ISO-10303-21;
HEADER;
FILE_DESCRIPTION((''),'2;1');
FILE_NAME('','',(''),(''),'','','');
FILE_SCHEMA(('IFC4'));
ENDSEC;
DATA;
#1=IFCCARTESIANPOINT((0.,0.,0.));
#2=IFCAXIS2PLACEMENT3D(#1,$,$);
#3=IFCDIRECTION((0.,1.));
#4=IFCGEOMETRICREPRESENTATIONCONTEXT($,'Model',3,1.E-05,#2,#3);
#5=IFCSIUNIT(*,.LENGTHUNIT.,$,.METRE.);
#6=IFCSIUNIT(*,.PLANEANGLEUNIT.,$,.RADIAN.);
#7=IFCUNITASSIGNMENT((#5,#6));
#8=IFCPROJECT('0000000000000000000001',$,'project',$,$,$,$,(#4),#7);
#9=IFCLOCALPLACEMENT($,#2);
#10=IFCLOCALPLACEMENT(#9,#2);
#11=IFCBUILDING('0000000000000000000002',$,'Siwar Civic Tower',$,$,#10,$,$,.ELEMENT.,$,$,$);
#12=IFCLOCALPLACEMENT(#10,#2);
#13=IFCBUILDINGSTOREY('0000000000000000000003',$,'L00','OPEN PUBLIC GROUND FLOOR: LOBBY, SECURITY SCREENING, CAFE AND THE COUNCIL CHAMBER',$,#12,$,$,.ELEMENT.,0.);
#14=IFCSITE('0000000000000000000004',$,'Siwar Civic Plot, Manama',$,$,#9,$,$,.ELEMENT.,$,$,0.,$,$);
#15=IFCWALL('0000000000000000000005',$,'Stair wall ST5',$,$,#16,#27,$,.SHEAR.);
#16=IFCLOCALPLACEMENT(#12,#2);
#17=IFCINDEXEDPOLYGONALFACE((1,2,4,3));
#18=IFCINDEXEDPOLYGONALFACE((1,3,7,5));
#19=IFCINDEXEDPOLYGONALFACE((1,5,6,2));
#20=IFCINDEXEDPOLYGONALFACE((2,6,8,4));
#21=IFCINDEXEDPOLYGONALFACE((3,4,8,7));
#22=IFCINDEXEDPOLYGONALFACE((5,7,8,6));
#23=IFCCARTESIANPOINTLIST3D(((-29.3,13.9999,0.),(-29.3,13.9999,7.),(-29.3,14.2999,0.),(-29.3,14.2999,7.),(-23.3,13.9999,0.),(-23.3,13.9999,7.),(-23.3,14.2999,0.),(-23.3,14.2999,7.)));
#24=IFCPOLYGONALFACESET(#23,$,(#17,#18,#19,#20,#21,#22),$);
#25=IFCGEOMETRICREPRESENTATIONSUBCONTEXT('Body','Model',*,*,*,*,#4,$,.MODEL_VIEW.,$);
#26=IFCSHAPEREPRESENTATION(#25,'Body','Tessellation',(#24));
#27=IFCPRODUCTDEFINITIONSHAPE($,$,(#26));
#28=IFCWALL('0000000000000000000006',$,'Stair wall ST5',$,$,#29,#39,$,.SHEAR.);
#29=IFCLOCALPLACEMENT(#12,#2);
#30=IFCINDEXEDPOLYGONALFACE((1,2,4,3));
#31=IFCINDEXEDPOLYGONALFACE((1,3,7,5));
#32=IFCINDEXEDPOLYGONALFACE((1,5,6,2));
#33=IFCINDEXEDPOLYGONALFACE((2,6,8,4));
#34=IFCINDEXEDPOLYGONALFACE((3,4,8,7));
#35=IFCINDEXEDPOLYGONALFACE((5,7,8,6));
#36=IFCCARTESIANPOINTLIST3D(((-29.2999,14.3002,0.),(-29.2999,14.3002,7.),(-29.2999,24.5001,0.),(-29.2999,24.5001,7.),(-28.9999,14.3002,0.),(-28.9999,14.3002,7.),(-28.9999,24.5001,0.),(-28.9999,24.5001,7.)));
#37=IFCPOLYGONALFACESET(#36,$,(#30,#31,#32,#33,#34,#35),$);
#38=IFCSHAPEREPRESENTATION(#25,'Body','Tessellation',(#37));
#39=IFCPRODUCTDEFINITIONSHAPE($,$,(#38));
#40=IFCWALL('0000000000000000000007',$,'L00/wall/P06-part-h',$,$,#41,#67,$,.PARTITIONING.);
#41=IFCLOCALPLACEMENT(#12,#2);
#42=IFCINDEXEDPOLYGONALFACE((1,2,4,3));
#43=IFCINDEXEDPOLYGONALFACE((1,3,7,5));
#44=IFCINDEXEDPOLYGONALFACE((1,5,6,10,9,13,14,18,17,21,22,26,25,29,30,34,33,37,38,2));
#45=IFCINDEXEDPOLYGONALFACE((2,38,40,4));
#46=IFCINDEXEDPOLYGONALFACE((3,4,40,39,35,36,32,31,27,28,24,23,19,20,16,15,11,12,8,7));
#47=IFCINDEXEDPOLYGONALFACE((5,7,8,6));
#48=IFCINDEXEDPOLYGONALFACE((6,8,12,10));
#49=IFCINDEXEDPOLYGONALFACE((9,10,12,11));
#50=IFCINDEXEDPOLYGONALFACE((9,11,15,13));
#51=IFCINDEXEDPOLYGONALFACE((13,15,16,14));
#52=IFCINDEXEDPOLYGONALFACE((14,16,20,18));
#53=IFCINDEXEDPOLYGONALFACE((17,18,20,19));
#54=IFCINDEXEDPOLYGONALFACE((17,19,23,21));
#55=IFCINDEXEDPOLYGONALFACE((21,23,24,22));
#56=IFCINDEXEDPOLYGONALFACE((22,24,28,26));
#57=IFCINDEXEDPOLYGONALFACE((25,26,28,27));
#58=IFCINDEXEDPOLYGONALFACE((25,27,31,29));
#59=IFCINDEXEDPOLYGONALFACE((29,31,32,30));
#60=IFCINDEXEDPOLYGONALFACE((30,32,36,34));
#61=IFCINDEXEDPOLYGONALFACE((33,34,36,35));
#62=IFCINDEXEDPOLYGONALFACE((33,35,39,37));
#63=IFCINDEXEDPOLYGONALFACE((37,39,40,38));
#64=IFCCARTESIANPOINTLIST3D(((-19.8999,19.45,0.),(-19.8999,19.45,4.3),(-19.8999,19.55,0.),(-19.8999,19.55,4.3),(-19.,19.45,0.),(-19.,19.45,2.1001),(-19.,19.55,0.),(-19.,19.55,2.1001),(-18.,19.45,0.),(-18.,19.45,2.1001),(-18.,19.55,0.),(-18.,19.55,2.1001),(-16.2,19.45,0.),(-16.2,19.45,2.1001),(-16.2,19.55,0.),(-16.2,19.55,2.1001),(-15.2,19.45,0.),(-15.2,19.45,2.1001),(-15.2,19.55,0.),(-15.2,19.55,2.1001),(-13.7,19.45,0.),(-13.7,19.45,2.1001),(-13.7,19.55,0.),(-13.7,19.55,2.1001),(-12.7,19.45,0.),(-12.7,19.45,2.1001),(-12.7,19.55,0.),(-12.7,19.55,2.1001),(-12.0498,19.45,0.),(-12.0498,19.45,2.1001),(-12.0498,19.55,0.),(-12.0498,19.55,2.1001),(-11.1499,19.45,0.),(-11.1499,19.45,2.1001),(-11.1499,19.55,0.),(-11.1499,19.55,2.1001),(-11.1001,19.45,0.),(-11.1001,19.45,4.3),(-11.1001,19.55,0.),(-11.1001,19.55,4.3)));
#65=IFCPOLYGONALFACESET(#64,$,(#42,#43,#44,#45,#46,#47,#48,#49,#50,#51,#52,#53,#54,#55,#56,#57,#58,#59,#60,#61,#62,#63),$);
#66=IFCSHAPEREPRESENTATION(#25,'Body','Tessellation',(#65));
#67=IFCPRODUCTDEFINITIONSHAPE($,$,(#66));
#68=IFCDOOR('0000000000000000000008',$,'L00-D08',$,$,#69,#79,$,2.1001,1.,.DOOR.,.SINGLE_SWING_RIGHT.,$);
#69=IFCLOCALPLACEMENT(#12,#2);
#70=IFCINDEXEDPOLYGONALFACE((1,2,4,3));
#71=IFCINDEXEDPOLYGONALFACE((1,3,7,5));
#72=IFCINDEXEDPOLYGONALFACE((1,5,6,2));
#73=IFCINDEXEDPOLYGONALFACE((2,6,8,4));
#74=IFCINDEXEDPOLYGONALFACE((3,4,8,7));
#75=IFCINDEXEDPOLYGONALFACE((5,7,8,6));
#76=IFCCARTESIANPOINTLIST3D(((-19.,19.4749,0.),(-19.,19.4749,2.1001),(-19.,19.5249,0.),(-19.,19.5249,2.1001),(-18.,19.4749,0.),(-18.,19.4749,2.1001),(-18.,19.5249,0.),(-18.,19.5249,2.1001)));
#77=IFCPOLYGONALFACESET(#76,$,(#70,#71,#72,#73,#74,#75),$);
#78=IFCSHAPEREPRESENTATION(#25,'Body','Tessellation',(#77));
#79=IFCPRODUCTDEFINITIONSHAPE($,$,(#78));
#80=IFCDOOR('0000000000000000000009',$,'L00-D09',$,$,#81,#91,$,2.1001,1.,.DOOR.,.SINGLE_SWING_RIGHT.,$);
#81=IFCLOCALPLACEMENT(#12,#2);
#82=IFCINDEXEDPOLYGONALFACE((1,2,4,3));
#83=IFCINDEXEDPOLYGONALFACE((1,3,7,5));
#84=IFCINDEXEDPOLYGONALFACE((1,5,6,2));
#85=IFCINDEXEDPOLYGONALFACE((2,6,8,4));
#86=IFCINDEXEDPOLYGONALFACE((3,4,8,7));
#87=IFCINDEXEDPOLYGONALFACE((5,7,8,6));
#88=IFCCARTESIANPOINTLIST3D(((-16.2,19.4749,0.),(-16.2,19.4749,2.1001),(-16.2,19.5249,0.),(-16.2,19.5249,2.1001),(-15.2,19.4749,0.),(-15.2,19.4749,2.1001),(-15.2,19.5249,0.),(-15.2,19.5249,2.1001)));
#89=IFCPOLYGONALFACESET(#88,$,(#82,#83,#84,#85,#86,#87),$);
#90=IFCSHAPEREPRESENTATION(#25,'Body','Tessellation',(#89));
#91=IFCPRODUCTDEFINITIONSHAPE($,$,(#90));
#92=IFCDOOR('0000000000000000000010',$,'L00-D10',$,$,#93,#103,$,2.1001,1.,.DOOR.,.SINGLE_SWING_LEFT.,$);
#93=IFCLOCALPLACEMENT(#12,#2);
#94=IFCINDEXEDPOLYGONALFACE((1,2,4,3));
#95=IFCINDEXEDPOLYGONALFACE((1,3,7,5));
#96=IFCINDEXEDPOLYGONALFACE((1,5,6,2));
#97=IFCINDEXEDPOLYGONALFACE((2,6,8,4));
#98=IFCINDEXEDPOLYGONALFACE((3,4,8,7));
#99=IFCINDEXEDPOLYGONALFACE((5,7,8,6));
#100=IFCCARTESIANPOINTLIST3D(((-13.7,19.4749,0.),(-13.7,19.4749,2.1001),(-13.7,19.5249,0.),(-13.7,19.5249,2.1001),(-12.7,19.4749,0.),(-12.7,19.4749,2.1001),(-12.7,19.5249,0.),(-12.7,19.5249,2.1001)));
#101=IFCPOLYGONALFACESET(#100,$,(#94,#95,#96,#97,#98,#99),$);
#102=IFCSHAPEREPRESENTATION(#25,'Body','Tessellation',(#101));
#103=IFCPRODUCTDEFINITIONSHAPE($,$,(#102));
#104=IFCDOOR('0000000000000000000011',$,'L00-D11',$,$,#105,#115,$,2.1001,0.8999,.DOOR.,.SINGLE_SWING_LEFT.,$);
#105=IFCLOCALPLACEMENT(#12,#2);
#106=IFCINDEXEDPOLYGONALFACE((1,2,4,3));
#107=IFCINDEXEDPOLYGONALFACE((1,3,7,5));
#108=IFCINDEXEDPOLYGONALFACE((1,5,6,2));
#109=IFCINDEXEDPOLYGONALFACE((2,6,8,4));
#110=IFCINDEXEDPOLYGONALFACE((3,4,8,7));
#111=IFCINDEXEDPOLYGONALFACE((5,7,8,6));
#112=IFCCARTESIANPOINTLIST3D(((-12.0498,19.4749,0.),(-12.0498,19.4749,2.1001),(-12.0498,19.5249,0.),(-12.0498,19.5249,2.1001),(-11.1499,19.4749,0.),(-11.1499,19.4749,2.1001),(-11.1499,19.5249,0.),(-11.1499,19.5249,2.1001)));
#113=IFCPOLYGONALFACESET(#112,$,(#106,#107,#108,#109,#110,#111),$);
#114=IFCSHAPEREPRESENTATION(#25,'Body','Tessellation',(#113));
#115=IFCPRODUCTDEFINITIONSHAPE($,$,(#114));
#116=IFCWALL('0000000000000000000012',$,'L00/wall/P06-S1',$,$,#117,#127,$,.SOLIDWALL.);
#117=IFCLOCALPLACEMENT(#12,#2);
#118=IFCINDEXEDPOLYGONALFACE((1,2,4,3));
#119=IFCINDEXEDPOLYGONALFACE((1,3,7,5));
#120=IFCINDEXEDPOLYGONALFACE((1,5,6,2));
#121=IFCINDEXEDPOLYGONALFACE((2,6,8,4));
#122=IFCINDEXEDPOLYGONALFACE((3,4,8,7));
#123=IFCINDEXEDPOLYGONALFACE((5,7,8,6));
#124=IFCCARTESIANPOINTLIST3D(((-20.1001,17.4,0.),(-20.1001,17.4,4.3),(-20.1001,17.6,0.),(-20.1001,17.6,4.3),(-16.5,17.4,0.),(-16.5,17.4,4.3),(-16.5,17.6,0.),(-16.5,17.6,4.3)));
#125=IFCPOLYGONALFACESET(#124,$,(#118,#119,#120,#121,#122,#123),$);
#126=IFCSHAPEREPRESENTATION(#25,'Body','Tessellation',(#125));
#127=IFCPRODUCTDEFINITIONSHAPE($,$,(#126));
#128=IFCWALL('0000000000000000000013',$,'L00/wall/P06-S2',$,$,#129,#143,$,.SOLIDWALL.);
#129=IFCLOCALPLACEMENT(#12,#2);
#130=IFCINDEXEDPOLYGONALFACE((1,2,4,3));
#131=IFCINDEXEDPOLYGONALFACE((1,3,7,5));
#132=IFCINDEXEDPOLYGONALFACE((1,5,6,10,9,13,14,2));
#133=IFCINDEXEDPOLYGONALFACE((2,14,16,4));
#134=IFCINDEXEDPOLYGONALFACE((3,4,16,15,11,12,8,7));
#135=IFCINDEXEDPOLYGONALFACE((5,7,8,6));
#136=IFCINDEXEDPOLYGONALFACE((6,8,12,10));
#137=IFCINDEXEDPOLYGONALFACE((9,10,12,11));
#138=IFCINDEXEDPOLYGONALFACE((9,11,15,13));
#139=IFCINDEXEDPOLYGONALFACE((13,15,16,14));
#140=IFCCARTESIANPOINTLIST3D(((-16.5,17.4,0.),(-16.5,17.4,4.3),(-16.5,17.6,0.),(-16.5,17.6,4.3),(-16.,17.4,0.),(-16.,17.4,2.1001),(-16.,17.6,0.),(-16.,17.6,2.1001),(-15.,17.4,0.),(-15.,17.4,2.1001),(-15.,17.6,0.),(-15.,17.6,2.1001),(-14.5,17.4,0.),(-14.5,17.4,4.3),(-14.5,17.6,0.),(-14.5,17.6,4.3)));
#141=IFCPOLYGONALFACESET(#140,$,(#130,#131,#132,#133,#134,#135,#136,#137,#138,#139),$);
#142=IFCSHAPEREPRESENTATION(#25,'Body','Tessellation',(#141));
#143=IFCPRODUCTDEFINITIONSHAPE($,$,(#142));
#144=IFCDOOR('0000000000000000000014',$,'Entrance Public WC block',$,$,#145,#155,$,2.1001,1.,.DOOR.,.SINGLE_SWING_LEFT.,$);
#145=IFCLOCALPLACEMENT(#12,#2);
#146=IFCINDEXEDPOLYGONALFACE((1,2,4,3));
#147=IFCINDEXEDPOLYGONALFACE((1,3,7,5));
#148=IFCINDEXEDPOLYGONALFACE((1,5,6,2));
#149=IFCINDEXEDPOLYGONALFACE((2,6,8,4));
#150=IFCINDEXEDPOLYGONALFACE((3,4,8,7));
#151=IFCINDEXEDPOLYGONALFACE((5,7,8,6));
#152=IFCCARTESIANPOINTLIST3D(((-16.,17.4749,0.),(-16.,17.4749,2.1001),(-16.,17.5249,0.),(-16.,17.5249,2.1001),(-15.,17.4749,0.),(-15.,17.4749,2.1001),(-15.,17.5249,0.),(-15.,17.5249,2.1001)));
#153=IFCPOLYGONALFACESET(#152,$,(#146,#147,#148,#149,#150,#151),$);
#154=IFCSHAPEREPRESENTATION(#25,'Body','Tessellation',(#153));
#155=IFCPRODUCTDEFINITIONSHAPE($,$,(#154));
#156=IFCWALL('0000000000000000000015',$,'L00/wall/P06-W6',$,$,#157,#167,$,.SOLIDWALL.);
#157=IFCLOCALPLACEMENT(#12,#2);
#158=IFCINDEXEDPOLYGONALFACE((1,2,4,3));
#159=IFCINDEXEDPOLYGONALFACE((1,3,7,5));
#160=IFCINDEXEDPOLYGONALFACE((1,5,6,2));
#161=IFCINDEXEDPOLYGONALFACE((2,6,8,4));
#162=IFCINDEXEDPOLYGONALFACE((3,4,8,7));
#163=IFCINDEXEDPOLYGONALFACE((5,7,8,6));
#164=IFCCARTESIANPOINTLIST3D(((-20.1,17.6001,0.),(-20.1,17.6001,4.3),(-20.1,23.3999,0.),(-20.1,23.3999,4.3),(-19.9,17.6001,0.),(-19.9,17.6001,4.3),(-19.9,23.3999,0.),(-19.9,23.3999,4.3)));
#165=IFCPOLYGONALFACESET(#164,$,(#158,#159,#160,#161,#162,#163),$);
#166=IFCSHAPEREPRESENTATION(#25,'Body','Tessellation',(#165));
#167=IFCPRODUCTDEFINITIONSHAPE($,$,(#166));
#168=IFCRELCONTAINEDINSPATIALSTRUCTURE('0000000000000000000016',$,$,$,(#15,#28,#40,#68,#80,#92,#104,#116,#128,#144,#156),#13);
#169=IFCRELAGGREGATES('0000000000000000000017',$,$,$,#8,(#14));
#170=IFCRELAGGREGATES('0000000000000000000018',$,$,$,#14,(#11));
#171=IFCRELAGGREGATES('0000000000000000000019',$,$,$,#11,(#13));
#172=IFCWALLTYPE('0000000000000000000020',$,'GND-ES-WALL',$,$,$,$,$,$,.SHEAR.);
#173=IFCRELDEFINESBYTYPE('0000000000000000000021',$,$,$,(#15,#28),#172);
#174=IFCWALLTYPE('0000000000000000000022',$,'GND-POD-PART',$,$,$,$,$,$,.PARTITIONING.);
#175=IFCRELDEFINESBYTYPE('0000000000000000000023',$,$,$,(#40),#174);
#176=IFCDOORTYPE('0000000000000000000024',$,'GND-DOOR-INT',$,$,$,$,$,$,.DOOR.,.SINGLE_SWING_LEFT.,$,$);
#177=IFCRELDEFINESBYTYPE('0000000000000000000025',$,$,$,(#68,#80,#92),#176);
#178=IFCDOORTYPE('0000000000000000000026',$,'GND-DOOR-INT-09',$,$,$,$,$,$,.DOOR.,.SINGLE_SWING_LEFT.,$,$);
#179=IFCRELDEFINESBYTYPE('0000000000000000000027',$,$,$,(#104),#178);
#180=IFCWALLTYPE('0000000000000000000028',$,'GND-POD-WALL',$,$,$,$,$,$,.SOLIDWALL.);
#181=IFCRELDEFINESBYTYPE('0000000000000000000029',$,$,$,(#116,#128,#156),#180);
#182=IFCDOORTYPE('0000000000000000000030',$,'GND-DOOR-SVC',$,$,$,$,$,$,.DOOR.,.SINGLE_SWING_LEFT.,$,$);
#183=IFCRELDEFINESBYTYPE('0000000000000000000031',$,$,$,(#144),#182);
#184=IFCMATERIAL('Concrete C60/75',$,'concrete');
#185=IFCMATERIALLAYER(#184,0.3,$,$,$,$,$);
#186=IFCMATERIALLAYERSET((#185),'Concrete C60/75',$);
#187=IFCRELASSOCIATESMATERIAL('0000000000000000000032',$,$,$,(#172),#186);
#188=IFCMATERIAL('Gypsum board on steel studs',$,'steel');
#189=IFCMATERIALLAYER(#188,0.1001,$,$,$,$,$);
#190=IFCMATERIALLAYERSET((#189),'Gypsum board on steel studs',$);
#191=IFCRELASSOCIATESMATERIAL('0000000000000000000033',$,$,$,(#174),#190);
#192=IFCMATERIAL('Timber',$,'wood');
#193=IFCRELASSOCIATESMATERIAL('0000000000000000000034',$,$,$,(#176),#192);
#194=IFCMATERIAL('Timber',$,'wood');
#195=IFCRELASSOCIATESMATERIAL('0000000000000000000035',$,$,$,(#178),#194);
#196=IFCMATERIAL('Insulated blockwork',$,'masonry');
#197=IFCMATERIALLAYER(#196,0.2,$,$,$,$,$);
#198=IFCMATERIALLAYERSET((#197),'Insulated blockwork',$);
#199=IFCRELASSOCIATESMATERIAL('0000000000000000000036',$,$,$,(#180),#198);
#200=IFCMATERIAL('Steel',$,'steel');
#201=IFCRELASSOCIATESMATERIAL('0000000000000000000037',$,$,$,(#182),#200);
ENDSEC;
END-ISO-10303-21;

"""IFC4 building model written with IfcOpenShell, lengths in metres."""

from ifc_helpers import new_model, si_unit, direction, frame, frame_2d, origin, place, context, subcontext, project, spatial, rectangle, extrude, material, layer, layer_set, type_object, element, fill, save


model = new_model("IFC4")

# Units and contexts
model_context = context("Model", 3, precision=1e-05, world=origin(), true_north=direction((0.0, 1.0)))
body_context = subcontext(model_context, "Body", "Model", "MODEL_VIEW")
ifc_project = project(units=[si_unit("LENGTHUNIT", "METRE"), si_unit("PLANEANGLEUNIT", "RADIAN")], contexts=[model_context])

# Site, building, storey
site_placement = place(None, origin())
site = spatial("IfcSite", under=ifc_project, at=site_placement, Name="Siwar Civic Plot, Manama", CompositionType="ELEMENT", RefElevation=0.0)
building_placement = place(site_placement, origin())
building = spatial("IfcBuilding", under=site, at=building_placement, Name="Siwar Civic Tower", CompositionType="ELEMENT")
storey_placement = place(building_placement, origin())
storey = spatial("IfcBuildingStorey", under=building, at=storey_placement, Name="L00", Description="OPEN PUBLIC GROUND FLOOR: LOBBY, SECURITY SCREENING, CAFE AND THE COUNCIL CHAMBER", CompositionType="ELEMENT", Elevation=0.0)

# Shared definitions
ifc_material_1 = material(Name="Concrete C60/75", Category="concrete")
ifc_layer_1 = layer(ifc_material_1, 0.3)
ifc_layer_set_1 = layer_set([ifc_layer_1], Name="Concrete C60/75")
wall_type_1 = type_object("IfcWallType", Name="GND-ES-WALL", PredefinedType="SHEAR", material=ifc_layer_set_1)

# Walls
wall_1_placement = place(storey_placement, frame((-29.3, 14.1499, 0.0), z_axis=(0.0, 0.0, 1.0), x_axis=(1.0, 0.0, 0.0)))
element("IfcWall", 1, at=wall_1_placement, inside=storey, type_object=wall_type_1, Name="Stair wall ST5", PredefinedType="SHEAR", context=body_context, shape_type="SweptSolid", body=[
    extrude(rectangle(XDim=6.0, YDim=0.3, at=frame_2d((3.0, 0.0))), origin(), (0.0, 0.0, 1.0), 7.0),
])
wall_2_placement = place(storey_placement, frame((-29.1499, 14.3, 0.0), z_axis=(0.0, 0.0, 1.0), x_axis=(0.0, 1.0, 0.0)))
element("IfcWall", 2, at=wall_2_placement, inside=storey, type_object=wall_type_1, Name="Stair wall ST5", PredefinedType="SHEAR", context=body_context, shape_type="SweptSolid", body=[
    extrude(rectangle(XDim=10.2, YDim=0.3, at=frame_2d((5.1001, 0.0))), origin(), (0.0, 0.0, 1.0), 7.0),
])

# Wall, openings, doors
ifc_material_2 = material(Name="Gypsum board on steel studs", Category="steel")
ifc_layer_2 = layer(ifc_material_2, 0.1001)
ifc_layer_set_2 = layer_set([ifc_layer_2], Name="Gypsum board on steel studs")
wall_type_2 = type_object("IfcWallType", Name="GND-POD-PART", PredefinedType="PARTITIONING", material=ifc_layer_set_2)
wall_3_placement = place(storey_placement, frame((-19.8999, 19.5, 0.0), z_axis=(0.0, 0.0, 1.0), x_axis=(1.0, 0.0, 0.0)))
wall_3 = element("IfcWall", 3, at=wall_3_placement, inside=storey, type_object=wall_type_2, Name="L00/wall/P06-part-h", PredefinedType="PARTITIONING", context=body_context, shape_type="SweptSolid", body=[
    extrude(rectangle(XDim=8.7998, YDim=0.1001, at=frame_2d((4.3999, 0.0))), origin(), (0.0, 0.0, 1.0), 4.3),
])
opening_1_placement = place(wall_3_placement, frame((0.8999, 0.0, 0.0)))
opening_1 = element("IfcOpeningElement", 4, at=opening_1_placement, cuts=wall_3, PredefinedType="OPENING", context=body_context, shape_type="SweptSolid", body=[
    extrude(rectangle(XDim=1.0, YDim=2.1001, at=frame_2d((0.5, 1.05))), frame((0.0, 0.0601, 0.0), z_axis=(0.0, -1.0, 0.0), x_axis=(1.0, 0.0, 0.0)), (0.0, 0.0, 1.0), 0.1201),
])
opening_2_placement = place(wall_3_placement, frame((3.7, 0.0, 0.0)))
opening_2 = element("IfcOpeningElement", 5, at=opening_2_placement, cuts=wall_3, PredefinedType="OPENING", context=body_context, shape_type="SweptSolid", body=[
    extrude(rectangle(XDim=1.0, YDim=2.1001, at=frame_2d((0.5, 1.05))), frame((0.0, 0.0601, 0.0), z_axis=(0.0, -1.0, 0.0), x_axis=(1.0, 0.0, 0.0)), (0.0, 0.0, 1.0), 0.1201),
])
opening_3_placement = place(wall_3_placement, frame((6.2, 0.0, 0.0)))
opening_3 = element("IfcOpeningElement", 6, at=opening_3_placement, cuts=wall_3, PredefinedType="OPENING", context=body_context, shape_type="SweptSolid", body=[
    extrude(rectangle(XDim=1.0, YDim=2.1001, at=frame_2d((0.5, 1.05))), frame((0.0, 0.0601, 0.0), z_axis=(0.0, -1.0, 0.0), x_axis=(1.0, 0.0, 0.0)), (0.0, 0.0, 1.0), 0.1201),
])
opening_4_placement = place(wall_3_placement, frame((7.8501, 0.0, 0.0)))
opening_4 = element("IfcOpeningElement", 7, at=opening_4_placement, cuts=wall_3, PredefinedType="OPENING", context=body_context, shape_type="SweptSolid", body=[
    extrude(rectangle(XDim=0.8999, YDim=2.1001, at=frame_2d((0.45, 1.05))), frame((0.0, 0.0601, 0.0), z_axis=(0.0, -1.0, 0.0), x_axis=(1.0, 0.0, 0.0)), (0.0, 0.0, 1.0), 0.1201),
])
ifc_material_3 = material(Name="Timber", Category="wood")
door_type_1 = type_object("IfcDoorType", Name="GND-DOOR-INT", OperationType="SINGLE_SWING_LEFT", PredefinedType="DOOR", material=ifc_material_3)
door_1_placement = place(opening_1_placement, origin())
door_1 = element("IfcDoor", 8, at=door_1_placement, inside=storey, type_object=door_type_1, Name="L00-D08", OperationType="SINGLE_SWING_RIGHT", OverallHeight=2.1001, OverallWidth=1.0, PredefinedType="DOOR", context=body_context, shape_type="SweptSolid", body=[
    extrude(rectangle(XDim=1.0, YDim=2.1001, at=frame_2d((0.5, 1.05))), frame((0.0, 0.0249, 0.0), z_axis=(0.0, -1.0, 0.0), x_axis=(1.0, 0.0, 0.0)), (0.0, 0.0, 1.0), 0.05),
])
fill(opening_1, door_1)
door_2_placement = place(opening_2_placement, origin())
door_2 = element("IfcDoor", 9, at=door_2_placement, inside=storey, type_object=door_type_1, Name="L00-D09", OperationType="SINGLE_SWING_RIGHT", OverallHeight=2.1001, OverallWidth=1.0, PredefinedType="DOOR", context=body_context, shape_type="SweptSolid", body=[
    extrude(rectangle(XDim=1.0, YDim=2.1001, at=frame_2d((0.5, 1.05))), frame((0.0, 0.0249, 0.0), z_axis=(0.0, -1.0, 0.0), x_axis=(1.0, 0.0, 0.0)), (0.0, 0.0, 1.0), 0.05),
])
fill(opening_2, door_2)
door_3_placement = place(opening_3_placement, origin())
door_3 = element("IfcDoor", 10, at=door_3_placement, inside=storey, type_object=door_type_1, Name="L00-D10", OperationType="SINGLE_SWING_LEFT", OverallHeight=2.1001, OverallWidth=1.0, PredefinedType="DOOR", context=body_context, shape_type="SweptSolid", body=[
    extrude(rectangle(XDim=1.0, YDim=2.1001, at=frame_2d((0.5, 1.05))), frame((0.0, 0.0249, 0.0), z_axis=(0.0, -1.0, 0.0), x_axis=(1.0, 0.0, 0.0)), (0.0, 0.0, 1.0), 0.05),
])
fill(opening_3, door_3)
ifc_material_4 = material(Name="Timber", Category="wood")
door_type_2 = type_object("IfcDoorType", Name="GND-DOOR-INT-09", OperationType="SINGLE_SWING_LEFT", PredefinedType="DOOR", material=ifc_material_4)
door_4_placement = place(opening_4_placement, origin())
door_4 = element("IfcDoor", 11, at=door_4_placement, inside=storey, type_object=door_type_2, Name="L00-D11", OperationType="SINGLE_SWING_LEFT", OverallHeight=2.1001, OverallWidth=0.8999, PredefinedType="DOOR", context=body_context, shape_type="SweptSolid", body=[
    extrude(rectangle(XDim=0.8999, YDim=2.1001, at=frame_2d((0.45, 1.05))), frame((0.0, 0.0249, 0.0), z_axis=(0.0, -1.0, 0.0), x_axis=(1.0, 0.0, 0.0)), (0.0, 0.0, 1.0), 0.05),
])
fill(opening_4, door_4)

# Wall
ifc_material_5 = material(Name="Insulated blockwork", Category="masonry")
ifc_layer_3 = layer(ifc_material_5, 0.2)
ifc_layer_set_3 = layer_set([ifc_layer_3], Name="Insulated blockwork")
wall_type_3 = type_object("IfcWallType", Name="GND-POD-WALL", PredefinedType="SOLIDWALL", material=ifc_layer_set_3)
wall_4_placement = place(storey_placement, frame((-20.1001, 17.5, 0.0), z_axis=(0.0, 0.0, 1.0), x_axis=(1.0, 0.0, 0.0)))
element("IfcWall", 12, at=wall_4_placement, inside=storey, type_object=wall_type_3, Name="L00/wall/P06-S1", PredefinedType="SOLIDWALL", context=body_context, shape_type="SweptSolid", body=[
    extrude(rectangle(XDim=3.6001, YDim=0.2, at=frame_2d((1.8, 0.0))), origin(), (0.0, 0.0, 1.0), 4.3),
])

# Wall, opening, door
wall_5_placement = place(storey_placement, frame((-16.5, 17.5, 0.0), z_axis=(0.0, 0.0, 1.0), x_axis=(1.0, 0.0, 0.0)))
wall_5 = element("IfcWall", 13, at=wall_5_placement, inside=storey, type_object=wall_type_3, Name="L00/wall/P06-S2", PredefinedType="SOLIDWALL", context=body_context, shape_type="SweptSolid", body=[
    extrude(rectangle(XDim=2.0, YDim=0.2, at=frame_2d((1.0, 0.0))), origin(), (0.0, 0.0, 1.0), 4.3),
])
opening_5_placement = place(wall_5_placement, frame((0.5, 0.0, 0.0)))
opening_5 = element("IfcOpeningElement", 14, at=opening_5_placement, cuts=wall_5, PredefinedType="OPENING", context=body_context, shape_type="SweptSolid", body=[
    extrude(rectangle(XDim=1.0, YDim=2.1001, at=frame_2d((0.5, 1.05))), frame((0.0, 0.1099, 0.0), z_axis=(0.0, -1.0, 0.0), x_axis=(1.0, 0.0, 0.0)), (0.0, 0.0, 1.0), 0.22),
])
ifc_material_6 = material(Name="Steel", Category="steel")
door_type_3 = type_object("IfcDoorType", Name="GND-DOOR-SVC", OperationType="SINGLE_SWING_LEFT", PredefinedType="DOOR", material=ifc_material_6)
door_5_placement = place(opening_5_placement, frame((1.0, 0.0, 0.0), z_axis=(0.0, 0.0, 1.0), x_axis=(-1.0, 0.0, 0.0)))
door_5 = element("IfcDoor", 15, at=door_5_placement, inside=storey, type_object=door_type_3, Name="Entrance Public WC block", OperationType="SINGLE_SWING_LEFT", OverallHeight=2.1001, OverallWidth=1.0, PredefinedType="DOOR", context=body_context, shape_type="SweptSolid", body=[
    extrude(rectangle(XDim=1.0, YDim=2.1001, at=frame_2d((0.5, 1.05))), frame((0.0, 0.0251, 0.0), z_axis=(0.0, -1.0, 0.0), x_axis=(1.0, 0.0, 0.0)), (0.0, 0.0, 1.0), 0.05),
])
fill(opening_5, door_5)

# Wall
wall_6_placement = place(storey_placement, frame((-20.0, 17.6001, 0.0), z_axis=(0.0, 0.0, 1.0), x_axis=(0.0, 1.0, 0.0)))
element("IfcWall", 16, at=wall_6_placement, inside=storey, type_object=wall_type_3, Name="L00/wall/P06-W6", PredefinedType="SOLIDWALL", context=body_context, shape_type="SweptSolid", body=[
    extrude(rectangle(XDim=5.7998, YDim=0.2, at=frame_2d((2.8999, 0.0))), origin(), (0.0, 0.0, 1.0), 4.3),
])

save(model, "model.ifc")
